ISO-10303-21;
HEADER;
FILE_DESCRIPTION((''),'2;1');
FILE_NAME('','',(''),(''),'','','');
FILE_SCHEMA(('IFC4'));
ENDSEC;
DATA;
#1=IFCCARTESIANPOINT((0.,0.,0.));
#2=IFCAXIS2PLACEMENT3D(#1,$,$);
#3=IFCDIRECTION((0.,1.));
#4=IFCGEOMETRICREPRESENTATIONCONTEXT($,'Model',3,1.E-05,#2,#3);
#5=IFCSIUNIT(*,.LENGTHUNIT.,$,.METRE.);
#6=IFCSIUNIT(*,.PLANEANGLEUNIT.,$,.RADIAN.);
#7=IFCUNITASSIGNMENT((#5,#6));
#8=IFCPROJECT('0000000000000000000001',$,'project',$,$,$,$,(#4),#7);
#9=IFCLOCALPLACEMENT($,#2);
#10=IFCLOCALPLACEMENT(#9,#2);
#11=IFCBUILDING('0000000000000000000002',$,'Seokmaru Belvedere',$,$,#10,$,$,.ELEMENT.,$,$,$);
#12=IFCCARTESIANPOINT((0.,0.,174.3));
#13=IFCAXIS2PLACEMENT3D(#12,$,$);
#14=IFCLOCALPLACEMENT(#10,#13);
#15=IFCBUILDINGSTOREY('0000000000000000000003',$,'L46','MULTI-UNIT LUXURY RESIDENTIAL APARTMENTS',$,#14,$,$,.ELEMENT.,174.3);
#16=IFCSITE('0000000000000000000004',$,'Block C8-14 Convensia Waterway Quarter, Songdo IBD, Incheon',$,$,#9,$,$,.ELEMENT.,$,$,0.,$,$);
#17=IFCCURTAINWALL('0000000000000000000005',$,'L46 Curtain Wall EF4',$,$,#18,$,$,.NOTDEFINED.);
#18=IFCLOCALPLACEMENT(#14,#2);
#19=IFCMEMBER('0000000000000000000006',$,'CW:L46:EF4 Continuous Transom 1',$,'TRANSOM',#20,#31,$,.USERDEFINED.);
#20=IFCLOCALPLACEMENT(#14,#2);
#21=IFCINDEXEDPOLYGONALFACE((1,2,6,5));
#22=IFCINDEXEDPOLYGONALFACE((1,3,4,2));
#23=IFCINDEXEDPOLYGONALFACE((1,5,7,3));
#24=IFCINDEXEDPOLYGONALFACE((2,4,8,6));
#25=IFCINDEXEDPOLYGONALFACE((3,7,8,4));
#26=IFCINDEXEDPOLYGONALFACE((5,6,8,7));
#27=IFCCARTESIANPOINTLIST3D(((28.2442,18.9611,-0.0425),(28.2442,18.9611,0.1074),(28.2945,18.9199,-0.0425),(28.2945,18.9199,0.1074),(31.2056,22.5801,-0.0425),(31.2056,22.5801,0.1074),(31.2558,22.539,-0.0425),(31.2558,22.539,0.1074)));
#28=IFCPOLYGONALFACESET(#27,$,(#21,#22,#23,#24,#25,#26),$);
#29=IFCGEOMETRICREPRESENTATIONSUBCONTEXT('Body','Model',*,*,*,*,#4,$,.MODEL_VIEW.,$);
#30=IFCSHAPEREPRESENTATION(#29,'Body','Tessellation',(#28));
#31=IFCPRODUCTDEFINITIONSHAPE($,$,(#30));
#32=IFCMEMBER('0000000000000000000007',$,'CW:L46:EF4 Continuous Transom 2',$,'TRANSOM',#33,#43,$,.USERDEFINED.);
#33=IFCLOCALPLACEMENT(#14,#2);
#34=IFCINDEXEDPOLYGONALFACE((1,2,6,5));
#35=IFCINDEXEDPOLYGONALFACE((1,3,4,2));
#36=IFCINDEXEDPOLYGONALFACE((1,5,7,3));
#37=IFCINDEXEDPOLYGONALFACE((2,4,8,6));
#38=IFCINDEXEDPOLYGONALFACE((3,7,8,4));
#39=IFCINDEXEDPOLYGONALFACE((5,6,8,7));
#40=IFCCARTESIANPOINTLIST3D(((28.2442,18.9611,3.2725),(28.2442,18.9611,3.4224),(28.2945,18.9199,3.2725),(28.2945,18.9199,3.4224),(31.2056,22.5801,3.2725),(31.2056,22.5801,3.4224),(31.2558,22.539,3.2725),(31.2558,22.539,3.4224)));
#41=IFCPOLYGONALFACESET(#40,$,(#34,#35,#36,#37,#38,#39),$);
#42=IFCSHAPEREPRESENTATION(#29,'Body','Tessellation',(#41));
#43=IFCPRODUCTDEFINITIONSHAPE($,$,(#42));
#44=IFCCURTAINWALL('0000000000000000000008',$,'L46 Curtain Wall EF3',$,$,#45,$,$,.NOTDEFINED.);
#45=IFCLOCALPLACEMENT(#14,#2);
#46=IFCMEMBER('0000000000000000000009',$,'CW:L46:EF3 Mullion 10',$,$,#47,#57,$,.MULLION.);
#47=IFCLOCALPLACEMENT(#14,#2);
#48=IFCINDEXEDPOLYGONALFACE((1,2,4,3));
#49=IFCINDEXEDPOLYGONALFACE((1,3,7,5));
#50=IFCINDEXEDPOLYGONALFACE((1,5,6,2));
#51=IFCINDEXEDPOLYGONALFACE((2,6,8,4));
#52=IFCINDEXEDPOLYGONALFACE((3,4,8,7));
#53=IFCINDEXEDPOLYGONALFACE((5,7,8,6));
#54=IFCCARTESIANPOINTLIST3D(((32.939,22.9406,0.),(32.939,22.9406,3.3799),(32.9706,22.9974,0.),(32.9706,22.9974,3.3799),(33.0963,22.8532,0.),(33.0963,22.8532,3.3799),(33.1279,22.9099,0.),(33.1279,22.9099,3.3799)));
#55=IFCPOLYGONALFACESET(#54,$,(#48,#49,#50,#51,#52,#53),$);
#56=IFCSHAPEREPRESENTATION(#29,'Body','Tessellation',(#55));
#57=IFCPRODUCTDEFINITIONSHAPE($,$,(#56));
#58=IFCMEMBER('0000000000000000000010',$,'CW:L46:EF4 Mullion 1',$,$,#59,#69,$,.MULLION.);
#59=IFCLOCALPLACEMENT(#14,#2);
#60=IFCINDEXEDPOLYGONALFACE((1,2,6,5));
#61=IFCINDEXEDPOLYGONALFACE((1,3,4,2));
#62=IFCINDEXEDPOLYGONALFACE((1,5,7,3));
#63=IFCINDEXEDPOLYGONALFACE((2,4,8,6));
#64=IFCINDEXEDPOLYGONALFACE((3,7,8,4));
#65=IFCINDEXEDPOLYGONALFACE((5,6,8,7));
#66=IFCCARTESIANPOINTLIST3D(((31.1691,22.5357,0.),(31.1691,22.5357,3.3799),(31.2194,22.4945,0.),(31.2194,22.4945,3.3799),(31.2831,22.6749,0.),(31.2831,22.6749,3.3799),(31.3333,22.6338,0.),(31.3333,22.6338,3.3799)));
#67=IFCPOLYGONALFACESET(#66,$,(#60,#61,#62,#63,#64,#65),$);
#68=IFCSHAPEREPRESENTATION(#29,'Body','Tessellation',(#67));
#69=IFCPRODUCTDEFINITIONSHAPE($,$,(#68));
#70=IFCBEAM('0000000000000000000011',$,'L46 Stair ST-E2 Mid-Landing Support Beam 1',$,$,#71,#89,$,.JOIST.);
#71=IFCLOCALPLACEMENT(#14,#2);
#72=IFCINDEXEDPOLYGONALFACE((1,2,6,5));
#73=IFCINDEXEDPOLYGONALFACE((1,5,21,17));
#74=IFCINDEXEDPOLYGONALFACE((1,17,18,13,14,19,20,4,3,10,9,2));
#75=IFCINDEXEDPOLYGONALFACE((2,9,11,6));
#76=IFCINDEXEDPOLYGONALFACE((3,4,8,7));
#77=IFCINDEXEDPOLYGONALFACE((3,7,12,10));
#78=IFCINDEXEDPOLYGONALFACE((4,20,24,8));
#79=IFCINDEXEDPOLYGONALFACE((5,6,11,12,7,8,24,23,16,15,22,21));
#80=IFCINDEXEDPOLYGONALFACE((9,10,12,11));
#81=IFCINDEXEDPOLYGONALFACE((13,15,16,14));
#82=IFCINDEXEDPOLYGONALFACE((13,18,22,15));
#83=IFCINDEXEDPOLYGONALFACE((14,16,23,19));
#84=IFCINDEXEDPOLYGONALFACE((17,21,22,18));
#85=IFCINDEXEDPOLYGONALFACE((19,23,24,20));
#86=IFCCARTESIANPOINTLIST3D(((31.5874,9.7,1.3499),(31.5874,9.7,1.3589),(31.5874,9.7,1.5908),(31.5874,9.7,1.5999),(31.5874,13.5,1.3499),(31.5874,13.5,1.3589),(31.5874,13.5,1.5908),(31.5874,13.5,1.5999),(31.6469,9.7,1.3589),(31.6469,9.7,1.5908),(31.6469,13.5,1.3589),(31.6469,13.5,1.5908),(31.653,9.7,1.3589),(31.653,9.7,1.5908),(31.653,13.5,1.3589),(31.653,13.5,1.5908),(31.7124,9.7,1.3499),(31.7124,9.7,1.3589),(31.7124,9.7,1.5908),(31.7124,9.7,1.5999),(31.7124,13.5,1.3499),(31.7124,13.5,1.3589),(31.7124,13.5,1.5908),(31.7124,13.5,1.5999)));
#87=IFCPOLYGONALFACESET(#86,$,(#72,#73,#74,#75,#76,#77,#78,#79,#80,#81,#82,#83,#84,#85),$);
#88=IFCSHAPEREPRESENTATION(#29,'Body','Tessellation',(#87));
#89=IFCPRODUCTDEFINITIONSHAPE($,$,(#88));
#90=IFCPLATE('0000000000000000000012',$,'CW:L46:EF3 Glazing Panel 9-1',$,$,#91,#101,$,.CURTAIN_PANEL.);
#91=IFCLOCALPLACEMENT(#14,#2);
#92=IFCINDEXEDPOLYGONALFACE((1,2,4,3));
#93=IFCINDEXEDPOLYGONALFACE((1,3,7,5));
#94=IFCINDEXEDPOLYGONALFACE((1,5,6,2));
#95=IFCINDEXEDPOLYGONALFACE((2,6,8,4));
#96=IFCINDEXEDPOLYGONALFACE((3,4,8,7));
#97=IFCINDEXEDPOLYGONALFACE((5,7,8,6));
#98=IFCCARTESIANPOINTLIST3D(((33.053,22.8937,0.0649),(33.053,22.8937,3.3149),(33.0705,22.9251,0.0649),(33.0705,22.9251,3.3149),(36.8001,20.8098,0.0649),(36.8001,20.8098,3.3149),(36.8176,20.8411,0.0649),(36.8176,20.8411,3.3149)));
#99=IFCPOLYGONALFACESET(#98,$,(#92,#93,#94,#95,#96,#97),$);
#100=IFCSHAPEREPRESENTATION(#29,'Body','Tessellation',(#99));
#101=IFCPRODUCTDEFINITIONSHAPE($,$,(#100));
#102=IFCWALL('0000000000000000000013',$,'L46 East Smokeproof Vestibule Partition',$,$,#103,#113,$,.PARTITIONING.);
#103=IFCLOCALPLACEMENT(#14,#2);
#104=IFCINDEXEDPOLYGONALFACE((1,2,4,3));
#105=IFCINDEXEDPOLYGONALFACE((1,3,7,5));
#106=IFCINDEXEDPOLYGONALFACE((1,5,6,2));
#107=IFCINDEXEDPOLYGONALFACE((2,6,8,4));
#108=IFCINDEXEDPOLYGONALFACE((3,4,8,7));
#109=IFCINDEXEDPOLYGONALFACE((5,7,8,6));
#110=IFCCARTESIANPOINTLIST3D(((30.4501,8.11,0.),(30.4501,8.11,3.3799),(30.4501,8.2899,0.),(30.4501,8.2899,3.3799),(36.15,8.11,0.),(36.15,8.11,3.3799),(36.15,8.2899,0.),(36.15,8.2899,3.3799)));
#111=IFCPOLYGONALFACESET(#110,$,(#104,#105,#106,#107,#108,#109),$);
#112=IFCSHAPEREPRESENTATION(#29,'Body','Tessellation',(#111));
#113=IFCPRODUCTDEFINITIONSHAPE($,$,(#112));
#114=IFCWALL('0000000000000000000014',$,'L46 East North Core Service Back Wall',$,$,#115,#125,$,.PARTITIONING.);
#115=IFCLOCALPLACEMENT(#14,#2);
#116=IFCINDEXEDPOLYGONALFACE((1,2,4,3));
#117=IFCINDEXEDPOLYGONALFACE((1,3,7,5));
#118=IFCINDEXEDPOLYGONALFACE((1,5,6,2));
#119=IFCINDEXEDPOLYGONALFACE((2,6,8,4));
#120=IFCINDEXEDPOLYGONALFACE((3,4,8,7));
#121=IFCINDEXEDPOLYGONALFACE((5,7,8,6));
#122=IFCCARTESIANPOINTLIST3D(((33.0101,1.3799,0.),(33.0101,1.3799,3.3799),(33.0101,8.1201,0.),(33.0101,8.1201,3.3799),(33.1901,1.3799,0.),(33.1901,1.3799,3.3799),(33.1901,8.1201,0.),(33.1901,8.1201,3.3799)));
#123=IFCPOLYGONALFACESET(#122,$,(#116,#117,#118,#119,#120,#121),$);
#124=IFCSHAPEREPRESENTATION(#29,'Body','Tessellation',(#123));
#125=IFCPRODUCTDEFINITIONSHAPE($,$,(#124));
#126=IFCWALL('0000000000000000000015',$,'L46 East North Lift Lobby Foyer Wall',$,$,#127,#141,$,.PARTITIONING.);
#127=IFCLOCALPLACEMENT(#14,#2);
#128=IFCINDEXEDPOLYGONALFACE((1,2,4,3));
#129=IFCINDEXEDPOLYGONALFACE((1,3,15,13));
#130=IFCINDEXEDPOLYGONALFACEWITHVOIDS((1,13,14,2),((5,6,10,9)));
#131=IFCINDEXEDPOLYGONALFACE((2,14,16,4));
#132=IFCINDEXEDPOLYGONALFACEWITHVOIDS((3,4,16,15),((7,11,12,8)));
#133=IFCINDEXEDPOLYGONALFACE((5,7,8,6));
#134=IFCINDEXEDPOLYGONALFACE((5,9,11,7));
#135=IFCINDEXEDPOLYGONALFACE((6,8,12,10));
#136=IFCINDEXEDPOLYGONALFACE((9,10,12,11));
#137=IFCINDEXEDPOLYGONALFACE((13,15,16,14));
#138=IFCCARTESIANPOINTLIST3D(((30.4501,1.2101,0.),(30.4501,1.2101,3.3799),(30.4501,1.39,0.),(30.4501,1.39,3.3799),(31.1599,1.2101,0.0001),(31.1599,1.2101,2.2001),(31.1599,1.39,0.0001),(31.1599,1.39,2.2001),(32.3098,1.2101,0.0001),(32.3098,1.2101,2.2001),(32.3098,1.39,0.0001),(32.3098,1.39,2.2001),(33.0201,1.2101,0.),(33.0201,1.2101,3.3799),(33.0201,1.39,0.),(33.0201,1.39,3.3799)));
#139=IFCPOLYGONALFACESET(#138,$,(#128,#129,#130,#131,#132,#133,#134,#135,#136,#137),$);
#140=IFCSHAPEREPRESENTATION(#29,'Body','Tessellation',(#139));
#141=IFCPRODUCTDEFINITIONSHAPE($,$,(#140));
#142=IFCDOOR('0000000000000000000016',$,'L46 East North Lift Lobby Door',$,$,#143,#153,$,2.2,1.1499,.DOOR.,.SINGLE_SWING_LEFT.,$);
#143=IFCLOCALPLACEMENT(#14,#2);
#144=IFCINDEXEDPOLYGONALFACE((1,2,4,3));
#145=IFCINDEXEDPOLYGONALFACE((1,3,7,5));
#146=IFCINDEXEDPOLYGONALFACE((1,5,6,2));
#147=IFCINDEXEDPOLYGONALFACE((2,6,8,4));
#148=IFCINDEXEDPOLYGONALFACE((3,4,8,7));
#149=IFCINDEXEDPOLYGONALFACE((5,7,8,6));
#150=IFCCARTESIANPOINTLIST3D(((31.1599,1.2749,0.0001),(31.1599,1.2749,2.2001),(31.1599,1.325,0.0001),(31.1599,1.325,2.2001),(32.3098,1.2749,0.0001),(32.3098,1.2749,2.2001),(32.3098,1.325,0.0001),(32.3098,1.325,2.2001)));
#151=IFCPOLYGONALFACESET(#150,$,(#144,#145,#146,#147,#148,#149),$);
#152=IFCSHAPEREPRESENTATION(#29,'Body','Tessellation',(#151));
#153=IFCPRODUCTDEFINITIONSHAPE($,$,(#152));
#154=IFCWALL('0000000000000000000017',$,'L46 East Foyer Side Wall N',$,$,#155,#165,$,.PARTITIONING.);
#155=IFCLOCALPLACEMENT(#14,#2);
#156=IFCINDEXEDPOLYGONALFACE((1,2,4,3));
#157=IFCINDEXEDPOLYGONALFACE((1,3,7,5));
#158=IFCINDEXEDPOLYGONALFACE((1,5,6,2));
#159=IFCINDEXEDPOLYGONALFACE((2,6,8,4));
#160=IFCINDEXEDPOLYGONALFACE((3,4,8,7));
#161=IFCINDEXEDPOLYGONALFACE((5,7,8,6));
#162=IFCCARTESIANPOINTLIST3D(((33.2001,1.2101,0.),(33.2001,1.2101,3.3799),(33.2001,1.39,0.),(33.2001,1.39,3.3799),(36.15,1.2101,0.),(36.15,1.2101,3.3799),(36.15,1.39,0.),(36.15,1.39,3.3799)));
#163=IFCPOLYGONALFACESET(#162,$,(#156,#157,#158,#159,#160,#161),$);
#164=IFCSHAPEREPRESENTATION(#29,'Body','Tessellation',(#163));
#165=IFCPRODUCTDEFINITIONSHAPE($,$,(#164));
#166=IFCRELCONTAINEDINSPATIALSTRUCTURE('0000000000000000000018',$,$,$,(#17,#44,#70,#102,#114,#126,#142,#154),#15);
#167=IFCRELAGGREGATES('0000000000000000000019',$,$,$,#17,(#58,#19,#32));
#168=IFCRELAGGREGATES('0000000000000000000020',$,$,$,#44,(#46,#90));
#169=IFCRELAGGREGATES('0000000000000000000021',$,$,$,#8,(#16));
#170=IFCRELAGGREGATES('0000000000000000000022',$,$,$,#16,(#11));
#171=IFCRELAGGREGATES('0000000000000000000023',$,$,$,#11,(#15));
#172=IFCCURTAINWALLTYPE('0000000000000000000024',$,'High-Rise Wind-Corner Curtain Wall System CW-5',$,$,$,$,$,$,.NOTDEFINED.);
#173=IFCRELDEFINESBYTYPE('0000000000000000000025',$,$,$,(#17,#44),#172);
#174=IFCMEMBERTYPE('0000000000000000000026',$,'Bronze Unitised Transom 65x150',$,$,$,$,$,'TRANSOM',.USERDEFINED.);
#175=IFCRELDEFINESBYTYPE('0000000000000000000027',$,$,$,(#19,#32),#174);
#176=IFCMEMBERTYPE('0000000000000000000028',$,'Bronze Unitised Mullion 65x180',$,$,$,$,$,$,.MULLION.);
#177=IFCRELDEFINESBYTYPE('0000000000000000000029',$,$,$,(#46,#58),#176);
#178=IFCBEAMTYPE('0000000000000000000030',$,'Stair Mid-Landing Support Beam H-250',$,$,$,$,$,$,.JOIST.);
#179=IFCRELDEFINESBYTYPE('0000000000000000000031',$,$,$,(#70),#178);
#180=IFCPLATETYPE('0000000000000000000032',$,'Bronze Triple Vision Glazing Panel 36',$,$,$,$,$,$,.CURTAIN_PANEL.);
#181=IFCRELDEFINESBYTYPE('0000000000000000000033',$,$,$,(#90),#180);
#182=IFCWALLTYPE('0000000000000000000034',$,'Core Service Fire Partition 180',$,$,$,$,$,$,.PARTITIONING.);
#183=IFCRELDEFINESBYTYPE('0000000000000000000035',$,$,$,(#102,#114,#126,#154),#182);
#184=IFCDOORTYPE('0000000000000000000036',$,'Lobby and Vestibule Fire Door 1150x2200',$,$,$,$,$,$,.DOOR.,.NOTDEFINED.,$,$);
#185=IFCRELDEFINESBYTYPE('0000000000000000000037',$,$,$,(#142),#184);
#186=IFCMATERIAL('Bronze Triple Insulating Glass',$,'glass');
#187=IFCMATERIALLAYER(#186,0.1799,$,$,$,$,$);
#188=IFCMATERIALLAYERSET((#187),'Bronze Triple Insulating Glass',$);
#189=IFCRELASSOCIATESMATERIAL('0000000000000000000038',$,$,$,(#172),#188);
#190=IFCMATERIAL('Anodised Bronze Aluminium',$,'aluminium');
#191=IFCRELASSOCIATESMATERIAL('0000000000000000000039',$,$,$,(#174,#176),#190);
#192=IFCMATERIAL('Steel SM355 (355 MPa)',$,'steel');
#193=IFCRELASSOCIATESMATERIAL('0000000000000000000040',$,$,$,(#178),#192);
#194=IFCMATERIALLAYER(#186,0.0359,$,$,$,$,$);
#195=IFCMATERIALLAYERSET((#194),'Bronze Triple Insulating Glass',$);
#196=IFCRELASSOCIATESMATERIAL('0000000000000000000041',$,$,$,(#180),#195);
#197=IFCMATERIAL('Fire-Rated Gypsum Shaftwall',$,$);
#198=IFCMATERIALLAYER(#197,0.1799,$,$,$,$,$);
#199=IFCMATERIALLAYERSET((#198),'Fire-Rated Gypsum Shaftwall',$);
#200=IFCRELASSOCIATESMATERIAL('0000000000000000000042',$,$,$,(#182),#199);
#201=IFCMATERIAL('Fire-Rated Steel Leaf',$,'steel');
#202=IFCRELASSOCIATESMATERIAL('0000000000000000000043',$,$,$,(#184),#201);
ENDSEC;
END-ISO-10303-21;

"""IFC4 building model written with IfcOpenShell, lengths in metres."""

from ifc_helpers import new_model, si_unit, direction, frame, frame_2d, origin, origin_2d, place, context, subcontext, project, spatial, rectangle, i_section, extrude, source, transform, mapped, material, layer, layer_set, material_profile, profile_set, type_object, type_shapes, element, fill, aggregate, save


model = new_model("IFC4")

# Units and contexts
model_context = context("Model", 3, precision=1e-05, world=origin(), true_north=direction((0.0, 1.0)))
body_context = subcontext(model_context, "Body", "Model", "MODEL_VIEW")
ifc_project = project(units=[si_unit("LENGTHUNIT", "METRE"), si_unit("PLANEANGLEUNIT", "RADIAN")], contexts=[model_context])

# Site, building, storey
site_placement = place(None, origin())
site = spatial("IfcSite", under=ifc_project, at=site_placement, Name="Block C8-14 Convensia Waterway Quarter, Songdo IBD, Incheon", CompositionType="ELEMENT", RefElevation=0.0)
building_placement = place(site_placement, origin())
building = spatial("IfcBuilding", under=site, at=building_placement, Name="Seokmaru Belvedere", CompositionType="ELEMENT")
storey_placement = place(building_placement, frame((0.0, 0.0, 174.3)))
storey = spatial("IfcBuildingStorey", under=building, at=storey_placement, Name="L46", Description="MULTI-UNIT LUXURY RESIDENTIAL APARTMENTS", CompositionType="ELEMENT", Elevation=174.3)

# Shared definitions
ifc_material_1 = material(Name="Steel SM355 (355 MPa)", Category="steel")

# Curtain wall, members
ifc_material_2 = material(Name="Bronze Triple Insulating Glass", Category="glass")
ifc_layer_1 = layer(ifc_material_2, 0.1799)
ifc_layer_set_1 = layer_set([ifc_layer_1], Name="Bronze Triple Insulating Glass")
curtain_wall_type = type_object("IfcCurtainWallType", Name="High-Rise Wind-Corner Curtain Wall System CW-5", PredefinedType="NOTDEFINED", material=ifc_layer_set_1)
curtain_wall_1_placement = place(storey_placement, origin())
curtain_wall_1 = element("IfcCurtainWall", 1, at=curtain_wall_1_placement, inside=storey, type_object=curtain_wall_type, Name="L46 Curtain Wall EF4", PredefinedType="NOTDEFINED")
ifc_material_3 = material(Name="Anodised Bronze Aluminium", Category="aluminium")
ifc_material_profile_1 = material_profile(ifc_material_3, rectangle(XDim=0.0649, YDim=0.1499, at=origin_2d()), Name="CW-T-65x150")
ifc_profile_set_1 = profile_set([ifc_material_profile_1], Name="Anodised Bronze Aluminium")
member_type_1 = type_object("IfcMemberType", Name="Bronze Unitised Transom 65x150", ElementType="TRANSOM", PredefinedType="USERDEFINED", material=ifc_profile_set_1)
shared_shape_1 = source(origin(), body_context, "Body", "SweptSolid", [
    extrude(rectangle(XDim=0.0649, YDim=0.1499, at=origin_2d()), origin(), (0.0, 0.0, 1.0), 4.6763),
])
type_shapes(member_type_1, [shared_shape_1])
member_1_placement = place(storey_placement, frame((31.2307, 22.5596, 0.0325), z_axis=(-0.633278, -0.773925, 0.0), x_axis=(0.773925, -0.633278, 0.0)))
member_1 = element("IfcMember", 2, at=member_1_placement, type_object=member_type_1, Name="CW:L46:EF4 Continuous Transom 1", ObjectType="TRANSOM", PredefinedType="USERDEFINED", context=body_context, shape_type="MappedRepresentation", body=[
    mapped(shared_shape_1, transform((0.0, 0.0, 0.0), scale=1.0)),
])
member_2_placement = place(storey_placement, frame((31.2307, 22.5596, 3.3474), z_axis=(-0.633278, -0.773925, 0.0), x_axis=(0.773925, -0.633278, 0.0)))
member_2 = element("IfcMember", 3, at=member_2_placement, type_object=member_type_1, Name="CW:L46:EF4 Continuous Transom 2", ObjectType="TRANSOM", PredefinedType="USERDEFINED", context=body_context, shape_type="MappedRepresentation", body=[
    mapped(shared_shape_1, transform((0.0, 0.0, 0.0), scale=1.0)),
])

# Curtain wall, member
curtain_wall_2_placement = place(storey_placement, origin())
curtain_wall_2 = element("IfcCurtainWall", 4, at=curtain_wall_2_placement, inside=storey, type_object=curtain_wall_type, Name="L46 Curtain Wall EF3", PredefinedType="NOTDEFINED")
ifc_material_profile_2 = material_profile(ifc_material_3, rectangle(XDim=0.0649, YDim=0.1799, at=origin_2d()), Name="CW-M-65x180")
ifc_profile_set_2 = profile_set([ifc_material_profile_2], Name="Anodised Bronze Aluminium")
member_type_2 = type_object("IfcMemberType", Name="Bronze Unitised Mullion 65x180", PredefinedType="MULLION", material=ifc_profile_set_2)
shared_shape_2 = source(origin(), body_context, "Body", "SweptSolid", [
    extrude(rectangle(XDim=0.0649, YDim=0.1799, at=origin_2d()), origin(), (0.0, 0.0, 1.0), 3.3799),
])
type_shapes(member_type_2, [shared_shape_2])
member_3_placement = place(storey_placement, frame((33.0334, 22.9253, 0.0), z_axis=(0.0, 0.0, 1.0), x_axis=(-0.486047, -0.873933, 0.0)))
member_3 = element("IfcMember", 5, at=member_3_placement, type_object=member_type_2, Name="CW:L46:EF3 Mullion 10", PredefinedType="MULLION", context=body_context, shape_type="MappedRepresentation", body=[
    mapped(shared_shape_2, transform((0.0, 0.0, 0.0), scale=1.0)),
])

# Member
member_4_placement = place(storey_placement, frame((31.2512, 22.5847, 0.0), z_axis=(0.0, 0.0, 1.0), x_axis=(0.773944, -0.633254, 0.0)))
member_4 = element("IfcMember", 6, at=member_4_placement, type_object=member_type_2, Name="CW:L46:EF4 Mullion 1", PredefinedType="MULLION", context=body_context, shape_type="MappedRepresentation", body=[
    mapped(shared_shape_2, transform((0.0, 0.0, 0.0), scale=1.0)),
])
aggregate(curtain_wall_1, [member_4, member_1, member_2])

# Beam
ifc_material_profile_3 = material_profile(ifc_material_1, i_section(OverallWidth=0.125, OverallDepth=0.25, WebThickness=0.0061, FlangeThickness=0.009, at=origin_2d()), Name="H-250x125x6x9")
ifc_profile_set_3 = profile_set([ifc_material_profile_3], Name="Steel SM355 (355 MPa)")
beam_type_1 = type_object("IfcBeamType", Name="Stair Mid-Landing Support Beam H-250", PredefinedType="JOIST", material=ifc_profile_set_3)
shared_shape_3 = source(origin(), body_context, "Body", "SweptSolid", [
    extrude(i_section(OverallWidth=0.125, OverallDepth=0.25, WebThickness=0.0061, FlangeThickness=0.009, at=origin_2d()), origin(), (0.0, 0.0, 1.0), 3.8),
])
type_shapes(beam_type_1, [shared_shape_3])
beam_1_placement = place(storey_placement, frame((31.6499, 9.7, 1.4749), z_axis=(0.0, 1.0, 0.0), x_axis=(-1.0, 0.0, 0.0)))
element("IfcBeam", 7, at=beam_1_placement, inside=storey, type_object=beam_type_1, Name="L46 Stair ST-E2 Mid-Landing Support Beam 1", PredefinedType="JOIST", context=body_context, shape_type="MappedRepresentation", body=[
    mapped(shared_shape_3, transform((0.0, 0.0, 0.0), scale=1.0)),
])

# Plate
ifc_layer_2 = layer(ifc_material_2, 0.0359)
ifc_layer_set_2 = layer_set([ifc_layer_2], Name="Bronze Triple Insulating Glass")
plate_type = type_object("IfcPlateType", Name="Bronze Triple Vision Glazing Panel 36", PredefinedType="CURTAIN_PANEL", material=ifc_layer_set_2)
shared_shape_4 = source(origin(), body_context, "Body", "SweptSolid", [
    extrude(rectangle(XDim=4.2876, YDim=0.0359, at=origin_2d()), origin(), (0.0, 0.0, 1.0), 3.25),
])
type_shapes(plate_type, [shared_shape_4])
plate_placement = place(storey_placement, frame((34.9353, 21.8674, 0.0649), z_axis=(0.0, 0.0, 1.0), x_axis=(-0.873933, 0.486047, 0.0)))
plate = element("IfcPlate", 8, at=plate_placement, type_object=plate_type, Name="CW:L46:EF3 Glazing Panel 9-1", PredefinedType="CURTAIN_PANEL", context=body_context, shape_type="MappedRepresentation", body=[
    mapped(shared_shape_4, transform((0.0, 0.0, 0.0), scale=1.0)),
])
aggregate(curtain_wall_2, [member_3, plate])

# Walls
ifc_material_4 = material(Name="Fire-Rated Gypsum Shaftwall")
ifc_layer_3 = layer(ifc_material_4, 0.1799)
ifc_layer_set_3 = layer_set([ifc_layer_3], Name="Fire-Rated Gypsum Shaftwall")
wall_type_1 = type_object("IfcWallType", Name="Core Service Fire Partition 180", PredefinedType="PARTITIONING", material=ifc_layer_set_3)
wall_1_placement = place(storey_placement, frame((30.45, 8.2, 0.0), z_axis=(0.0, 0.0, 1.0), x_axis=(1.0, 0.0, 0.0)))
element("IfcWall", 9, at=wall_1_placement, inside=storey, type_object=wall_type_1, Name="L46 East Smokeproof Vestibule Partition", PredefinedType="PARTITIONING", context=body_context, shape_type="SweptSolid", body=[
    extrude(rectangle(XDim=5.7, YDim=0.1799, at=frame_2d((2.8501, 0.0))), origin(), (0.0, 0.0, 1.0), 3.3799),
])
wall_2_placement = place(storey_placement, frame((33.1001, 1.3799, 0.0), z_axis=(0.0, 0.0, 1.0), x_axis=(0.0, 1.0, 0.0)))
element("IfcWall", 10, at=wall_2_placement, inside=storey, type_object=wall_type_1, Name="L46 East North Core Service Back Wall", PredefinedType="PARTITIONING", context=body_context, shape_type="SweptSolid", body=[
    extrude(rectangle(XDim=6.7402, YDim=0.1799, at=frame_2d((3.3701, 0.0))), origin(), (0.0, 0.0, 1.0), 3.3799),
])

# Wall, opening, door
wall_3_placement = place(storey_placement, frame((30.45, 1.3, 0.0), z_axis=(0.0, 0.0, 1.0), x_axis=(1.0, 0.0, 0.0)))
wall_3 = element("IfcWall", 11, at=wall_3_placement, inside=storey, type_object=wall_type_1, Name="L46 East North Lift Lobby Foyer Wall", PredefinedType="PARTITIONING", context=body_context, shape_type="SweptSolid", body=[
    extrude(rectangle(XDim=2.5701, YDim=0.1799, at=frame_2d((1.2852, 0.0))), origin(), (0.0, 0.0, 1.0), 3.3799),
])
opening_1_placement = place(wall_3_placement, frame((0.71, 0.0, 0.0)))
opening_1 = element("IfcOpeningElement", 12, at=opening_1_placement, cuts=wall_3, PredefinedType="OPENING", context=body_context, shape_type="SweptSolid", body=[
    extrude(rectangle(XDim=1.1499, YDim=2.2, at=frame_2d((0.575, 1.1001))), frame((0.0, 0.1001, 0.0), z_axis=(0.0, -1.0, 0.0), x_axis=(1.0, 0.0, 0.0)), (0.0, 0.0, 1.0), 0.2),
])
ifc_material_5 = material(Name="Fire-Rated Steel Leaf", Category="steel")
door_type_1 = type_object("IfcDoorType", Name="Lobby and Vestibule Fire Door 1150x2200", OperationType="NOTDEFINED", PredefinedType="DOOR", material=ifc_material_5)
shared_shape_5 = source(origin(), body_context, "Body", "SweptSolid", [
    extrude(rectangle(XDim=1.1499, YDim=2.2, at=frame_2d((0.575, 1.1001))), frame((0.0, 0.0249, 0.0), z_axis=(0.0, -1.0, 0.0), x_axis=(1.0, 0.0, 0.0)), (0.0, 0.0, 1.0), 0.05),
])
type_shapes(door_type_1, [shared_shape_5])
door_1_placement = place(opening_1_placement, origin())
door_1 = element("IfcDoor", 13, at=door_1_placement, inside=storey, type_object=door_type_1, Name="L46 East North Lift Lobby Door", OperationType="SINGLE_SWING_LEFT", OverallHeight=2.2, OverallWidth=1.1499, PredefinedType="DOOR", context=body_context, shape_type="MappedRepresentation", body=[
    mapped(shared_shape_5, transform((0.0, 0.0, 0.0), scale=1.0)),
])
fill(opening_1, door_1)

# Wall
wall_4_placement = place(storey_placement, frame((33.2, 1.3, 0.0), z_axis=(0.0, 0.0, 1.0), x_axis=(1.0, 0.0, 0.0)))
element("IfcWall", 14, at=wall_4_placement, inside=storey, type_object=wall_type_1, Name="L46 East Foyer Side Wall N", PredefinedType="PARTITIONING", context=body_context, shape_type="SweptSolid", body=[
    extrude(rectangle(XDim=2.95, YDim=0.1799, at=frame_2d((1.4751, 0.0))), origin(), (0.0, 0.0, 1.0), 3.3799),
])

save(model, "model.ifc")
